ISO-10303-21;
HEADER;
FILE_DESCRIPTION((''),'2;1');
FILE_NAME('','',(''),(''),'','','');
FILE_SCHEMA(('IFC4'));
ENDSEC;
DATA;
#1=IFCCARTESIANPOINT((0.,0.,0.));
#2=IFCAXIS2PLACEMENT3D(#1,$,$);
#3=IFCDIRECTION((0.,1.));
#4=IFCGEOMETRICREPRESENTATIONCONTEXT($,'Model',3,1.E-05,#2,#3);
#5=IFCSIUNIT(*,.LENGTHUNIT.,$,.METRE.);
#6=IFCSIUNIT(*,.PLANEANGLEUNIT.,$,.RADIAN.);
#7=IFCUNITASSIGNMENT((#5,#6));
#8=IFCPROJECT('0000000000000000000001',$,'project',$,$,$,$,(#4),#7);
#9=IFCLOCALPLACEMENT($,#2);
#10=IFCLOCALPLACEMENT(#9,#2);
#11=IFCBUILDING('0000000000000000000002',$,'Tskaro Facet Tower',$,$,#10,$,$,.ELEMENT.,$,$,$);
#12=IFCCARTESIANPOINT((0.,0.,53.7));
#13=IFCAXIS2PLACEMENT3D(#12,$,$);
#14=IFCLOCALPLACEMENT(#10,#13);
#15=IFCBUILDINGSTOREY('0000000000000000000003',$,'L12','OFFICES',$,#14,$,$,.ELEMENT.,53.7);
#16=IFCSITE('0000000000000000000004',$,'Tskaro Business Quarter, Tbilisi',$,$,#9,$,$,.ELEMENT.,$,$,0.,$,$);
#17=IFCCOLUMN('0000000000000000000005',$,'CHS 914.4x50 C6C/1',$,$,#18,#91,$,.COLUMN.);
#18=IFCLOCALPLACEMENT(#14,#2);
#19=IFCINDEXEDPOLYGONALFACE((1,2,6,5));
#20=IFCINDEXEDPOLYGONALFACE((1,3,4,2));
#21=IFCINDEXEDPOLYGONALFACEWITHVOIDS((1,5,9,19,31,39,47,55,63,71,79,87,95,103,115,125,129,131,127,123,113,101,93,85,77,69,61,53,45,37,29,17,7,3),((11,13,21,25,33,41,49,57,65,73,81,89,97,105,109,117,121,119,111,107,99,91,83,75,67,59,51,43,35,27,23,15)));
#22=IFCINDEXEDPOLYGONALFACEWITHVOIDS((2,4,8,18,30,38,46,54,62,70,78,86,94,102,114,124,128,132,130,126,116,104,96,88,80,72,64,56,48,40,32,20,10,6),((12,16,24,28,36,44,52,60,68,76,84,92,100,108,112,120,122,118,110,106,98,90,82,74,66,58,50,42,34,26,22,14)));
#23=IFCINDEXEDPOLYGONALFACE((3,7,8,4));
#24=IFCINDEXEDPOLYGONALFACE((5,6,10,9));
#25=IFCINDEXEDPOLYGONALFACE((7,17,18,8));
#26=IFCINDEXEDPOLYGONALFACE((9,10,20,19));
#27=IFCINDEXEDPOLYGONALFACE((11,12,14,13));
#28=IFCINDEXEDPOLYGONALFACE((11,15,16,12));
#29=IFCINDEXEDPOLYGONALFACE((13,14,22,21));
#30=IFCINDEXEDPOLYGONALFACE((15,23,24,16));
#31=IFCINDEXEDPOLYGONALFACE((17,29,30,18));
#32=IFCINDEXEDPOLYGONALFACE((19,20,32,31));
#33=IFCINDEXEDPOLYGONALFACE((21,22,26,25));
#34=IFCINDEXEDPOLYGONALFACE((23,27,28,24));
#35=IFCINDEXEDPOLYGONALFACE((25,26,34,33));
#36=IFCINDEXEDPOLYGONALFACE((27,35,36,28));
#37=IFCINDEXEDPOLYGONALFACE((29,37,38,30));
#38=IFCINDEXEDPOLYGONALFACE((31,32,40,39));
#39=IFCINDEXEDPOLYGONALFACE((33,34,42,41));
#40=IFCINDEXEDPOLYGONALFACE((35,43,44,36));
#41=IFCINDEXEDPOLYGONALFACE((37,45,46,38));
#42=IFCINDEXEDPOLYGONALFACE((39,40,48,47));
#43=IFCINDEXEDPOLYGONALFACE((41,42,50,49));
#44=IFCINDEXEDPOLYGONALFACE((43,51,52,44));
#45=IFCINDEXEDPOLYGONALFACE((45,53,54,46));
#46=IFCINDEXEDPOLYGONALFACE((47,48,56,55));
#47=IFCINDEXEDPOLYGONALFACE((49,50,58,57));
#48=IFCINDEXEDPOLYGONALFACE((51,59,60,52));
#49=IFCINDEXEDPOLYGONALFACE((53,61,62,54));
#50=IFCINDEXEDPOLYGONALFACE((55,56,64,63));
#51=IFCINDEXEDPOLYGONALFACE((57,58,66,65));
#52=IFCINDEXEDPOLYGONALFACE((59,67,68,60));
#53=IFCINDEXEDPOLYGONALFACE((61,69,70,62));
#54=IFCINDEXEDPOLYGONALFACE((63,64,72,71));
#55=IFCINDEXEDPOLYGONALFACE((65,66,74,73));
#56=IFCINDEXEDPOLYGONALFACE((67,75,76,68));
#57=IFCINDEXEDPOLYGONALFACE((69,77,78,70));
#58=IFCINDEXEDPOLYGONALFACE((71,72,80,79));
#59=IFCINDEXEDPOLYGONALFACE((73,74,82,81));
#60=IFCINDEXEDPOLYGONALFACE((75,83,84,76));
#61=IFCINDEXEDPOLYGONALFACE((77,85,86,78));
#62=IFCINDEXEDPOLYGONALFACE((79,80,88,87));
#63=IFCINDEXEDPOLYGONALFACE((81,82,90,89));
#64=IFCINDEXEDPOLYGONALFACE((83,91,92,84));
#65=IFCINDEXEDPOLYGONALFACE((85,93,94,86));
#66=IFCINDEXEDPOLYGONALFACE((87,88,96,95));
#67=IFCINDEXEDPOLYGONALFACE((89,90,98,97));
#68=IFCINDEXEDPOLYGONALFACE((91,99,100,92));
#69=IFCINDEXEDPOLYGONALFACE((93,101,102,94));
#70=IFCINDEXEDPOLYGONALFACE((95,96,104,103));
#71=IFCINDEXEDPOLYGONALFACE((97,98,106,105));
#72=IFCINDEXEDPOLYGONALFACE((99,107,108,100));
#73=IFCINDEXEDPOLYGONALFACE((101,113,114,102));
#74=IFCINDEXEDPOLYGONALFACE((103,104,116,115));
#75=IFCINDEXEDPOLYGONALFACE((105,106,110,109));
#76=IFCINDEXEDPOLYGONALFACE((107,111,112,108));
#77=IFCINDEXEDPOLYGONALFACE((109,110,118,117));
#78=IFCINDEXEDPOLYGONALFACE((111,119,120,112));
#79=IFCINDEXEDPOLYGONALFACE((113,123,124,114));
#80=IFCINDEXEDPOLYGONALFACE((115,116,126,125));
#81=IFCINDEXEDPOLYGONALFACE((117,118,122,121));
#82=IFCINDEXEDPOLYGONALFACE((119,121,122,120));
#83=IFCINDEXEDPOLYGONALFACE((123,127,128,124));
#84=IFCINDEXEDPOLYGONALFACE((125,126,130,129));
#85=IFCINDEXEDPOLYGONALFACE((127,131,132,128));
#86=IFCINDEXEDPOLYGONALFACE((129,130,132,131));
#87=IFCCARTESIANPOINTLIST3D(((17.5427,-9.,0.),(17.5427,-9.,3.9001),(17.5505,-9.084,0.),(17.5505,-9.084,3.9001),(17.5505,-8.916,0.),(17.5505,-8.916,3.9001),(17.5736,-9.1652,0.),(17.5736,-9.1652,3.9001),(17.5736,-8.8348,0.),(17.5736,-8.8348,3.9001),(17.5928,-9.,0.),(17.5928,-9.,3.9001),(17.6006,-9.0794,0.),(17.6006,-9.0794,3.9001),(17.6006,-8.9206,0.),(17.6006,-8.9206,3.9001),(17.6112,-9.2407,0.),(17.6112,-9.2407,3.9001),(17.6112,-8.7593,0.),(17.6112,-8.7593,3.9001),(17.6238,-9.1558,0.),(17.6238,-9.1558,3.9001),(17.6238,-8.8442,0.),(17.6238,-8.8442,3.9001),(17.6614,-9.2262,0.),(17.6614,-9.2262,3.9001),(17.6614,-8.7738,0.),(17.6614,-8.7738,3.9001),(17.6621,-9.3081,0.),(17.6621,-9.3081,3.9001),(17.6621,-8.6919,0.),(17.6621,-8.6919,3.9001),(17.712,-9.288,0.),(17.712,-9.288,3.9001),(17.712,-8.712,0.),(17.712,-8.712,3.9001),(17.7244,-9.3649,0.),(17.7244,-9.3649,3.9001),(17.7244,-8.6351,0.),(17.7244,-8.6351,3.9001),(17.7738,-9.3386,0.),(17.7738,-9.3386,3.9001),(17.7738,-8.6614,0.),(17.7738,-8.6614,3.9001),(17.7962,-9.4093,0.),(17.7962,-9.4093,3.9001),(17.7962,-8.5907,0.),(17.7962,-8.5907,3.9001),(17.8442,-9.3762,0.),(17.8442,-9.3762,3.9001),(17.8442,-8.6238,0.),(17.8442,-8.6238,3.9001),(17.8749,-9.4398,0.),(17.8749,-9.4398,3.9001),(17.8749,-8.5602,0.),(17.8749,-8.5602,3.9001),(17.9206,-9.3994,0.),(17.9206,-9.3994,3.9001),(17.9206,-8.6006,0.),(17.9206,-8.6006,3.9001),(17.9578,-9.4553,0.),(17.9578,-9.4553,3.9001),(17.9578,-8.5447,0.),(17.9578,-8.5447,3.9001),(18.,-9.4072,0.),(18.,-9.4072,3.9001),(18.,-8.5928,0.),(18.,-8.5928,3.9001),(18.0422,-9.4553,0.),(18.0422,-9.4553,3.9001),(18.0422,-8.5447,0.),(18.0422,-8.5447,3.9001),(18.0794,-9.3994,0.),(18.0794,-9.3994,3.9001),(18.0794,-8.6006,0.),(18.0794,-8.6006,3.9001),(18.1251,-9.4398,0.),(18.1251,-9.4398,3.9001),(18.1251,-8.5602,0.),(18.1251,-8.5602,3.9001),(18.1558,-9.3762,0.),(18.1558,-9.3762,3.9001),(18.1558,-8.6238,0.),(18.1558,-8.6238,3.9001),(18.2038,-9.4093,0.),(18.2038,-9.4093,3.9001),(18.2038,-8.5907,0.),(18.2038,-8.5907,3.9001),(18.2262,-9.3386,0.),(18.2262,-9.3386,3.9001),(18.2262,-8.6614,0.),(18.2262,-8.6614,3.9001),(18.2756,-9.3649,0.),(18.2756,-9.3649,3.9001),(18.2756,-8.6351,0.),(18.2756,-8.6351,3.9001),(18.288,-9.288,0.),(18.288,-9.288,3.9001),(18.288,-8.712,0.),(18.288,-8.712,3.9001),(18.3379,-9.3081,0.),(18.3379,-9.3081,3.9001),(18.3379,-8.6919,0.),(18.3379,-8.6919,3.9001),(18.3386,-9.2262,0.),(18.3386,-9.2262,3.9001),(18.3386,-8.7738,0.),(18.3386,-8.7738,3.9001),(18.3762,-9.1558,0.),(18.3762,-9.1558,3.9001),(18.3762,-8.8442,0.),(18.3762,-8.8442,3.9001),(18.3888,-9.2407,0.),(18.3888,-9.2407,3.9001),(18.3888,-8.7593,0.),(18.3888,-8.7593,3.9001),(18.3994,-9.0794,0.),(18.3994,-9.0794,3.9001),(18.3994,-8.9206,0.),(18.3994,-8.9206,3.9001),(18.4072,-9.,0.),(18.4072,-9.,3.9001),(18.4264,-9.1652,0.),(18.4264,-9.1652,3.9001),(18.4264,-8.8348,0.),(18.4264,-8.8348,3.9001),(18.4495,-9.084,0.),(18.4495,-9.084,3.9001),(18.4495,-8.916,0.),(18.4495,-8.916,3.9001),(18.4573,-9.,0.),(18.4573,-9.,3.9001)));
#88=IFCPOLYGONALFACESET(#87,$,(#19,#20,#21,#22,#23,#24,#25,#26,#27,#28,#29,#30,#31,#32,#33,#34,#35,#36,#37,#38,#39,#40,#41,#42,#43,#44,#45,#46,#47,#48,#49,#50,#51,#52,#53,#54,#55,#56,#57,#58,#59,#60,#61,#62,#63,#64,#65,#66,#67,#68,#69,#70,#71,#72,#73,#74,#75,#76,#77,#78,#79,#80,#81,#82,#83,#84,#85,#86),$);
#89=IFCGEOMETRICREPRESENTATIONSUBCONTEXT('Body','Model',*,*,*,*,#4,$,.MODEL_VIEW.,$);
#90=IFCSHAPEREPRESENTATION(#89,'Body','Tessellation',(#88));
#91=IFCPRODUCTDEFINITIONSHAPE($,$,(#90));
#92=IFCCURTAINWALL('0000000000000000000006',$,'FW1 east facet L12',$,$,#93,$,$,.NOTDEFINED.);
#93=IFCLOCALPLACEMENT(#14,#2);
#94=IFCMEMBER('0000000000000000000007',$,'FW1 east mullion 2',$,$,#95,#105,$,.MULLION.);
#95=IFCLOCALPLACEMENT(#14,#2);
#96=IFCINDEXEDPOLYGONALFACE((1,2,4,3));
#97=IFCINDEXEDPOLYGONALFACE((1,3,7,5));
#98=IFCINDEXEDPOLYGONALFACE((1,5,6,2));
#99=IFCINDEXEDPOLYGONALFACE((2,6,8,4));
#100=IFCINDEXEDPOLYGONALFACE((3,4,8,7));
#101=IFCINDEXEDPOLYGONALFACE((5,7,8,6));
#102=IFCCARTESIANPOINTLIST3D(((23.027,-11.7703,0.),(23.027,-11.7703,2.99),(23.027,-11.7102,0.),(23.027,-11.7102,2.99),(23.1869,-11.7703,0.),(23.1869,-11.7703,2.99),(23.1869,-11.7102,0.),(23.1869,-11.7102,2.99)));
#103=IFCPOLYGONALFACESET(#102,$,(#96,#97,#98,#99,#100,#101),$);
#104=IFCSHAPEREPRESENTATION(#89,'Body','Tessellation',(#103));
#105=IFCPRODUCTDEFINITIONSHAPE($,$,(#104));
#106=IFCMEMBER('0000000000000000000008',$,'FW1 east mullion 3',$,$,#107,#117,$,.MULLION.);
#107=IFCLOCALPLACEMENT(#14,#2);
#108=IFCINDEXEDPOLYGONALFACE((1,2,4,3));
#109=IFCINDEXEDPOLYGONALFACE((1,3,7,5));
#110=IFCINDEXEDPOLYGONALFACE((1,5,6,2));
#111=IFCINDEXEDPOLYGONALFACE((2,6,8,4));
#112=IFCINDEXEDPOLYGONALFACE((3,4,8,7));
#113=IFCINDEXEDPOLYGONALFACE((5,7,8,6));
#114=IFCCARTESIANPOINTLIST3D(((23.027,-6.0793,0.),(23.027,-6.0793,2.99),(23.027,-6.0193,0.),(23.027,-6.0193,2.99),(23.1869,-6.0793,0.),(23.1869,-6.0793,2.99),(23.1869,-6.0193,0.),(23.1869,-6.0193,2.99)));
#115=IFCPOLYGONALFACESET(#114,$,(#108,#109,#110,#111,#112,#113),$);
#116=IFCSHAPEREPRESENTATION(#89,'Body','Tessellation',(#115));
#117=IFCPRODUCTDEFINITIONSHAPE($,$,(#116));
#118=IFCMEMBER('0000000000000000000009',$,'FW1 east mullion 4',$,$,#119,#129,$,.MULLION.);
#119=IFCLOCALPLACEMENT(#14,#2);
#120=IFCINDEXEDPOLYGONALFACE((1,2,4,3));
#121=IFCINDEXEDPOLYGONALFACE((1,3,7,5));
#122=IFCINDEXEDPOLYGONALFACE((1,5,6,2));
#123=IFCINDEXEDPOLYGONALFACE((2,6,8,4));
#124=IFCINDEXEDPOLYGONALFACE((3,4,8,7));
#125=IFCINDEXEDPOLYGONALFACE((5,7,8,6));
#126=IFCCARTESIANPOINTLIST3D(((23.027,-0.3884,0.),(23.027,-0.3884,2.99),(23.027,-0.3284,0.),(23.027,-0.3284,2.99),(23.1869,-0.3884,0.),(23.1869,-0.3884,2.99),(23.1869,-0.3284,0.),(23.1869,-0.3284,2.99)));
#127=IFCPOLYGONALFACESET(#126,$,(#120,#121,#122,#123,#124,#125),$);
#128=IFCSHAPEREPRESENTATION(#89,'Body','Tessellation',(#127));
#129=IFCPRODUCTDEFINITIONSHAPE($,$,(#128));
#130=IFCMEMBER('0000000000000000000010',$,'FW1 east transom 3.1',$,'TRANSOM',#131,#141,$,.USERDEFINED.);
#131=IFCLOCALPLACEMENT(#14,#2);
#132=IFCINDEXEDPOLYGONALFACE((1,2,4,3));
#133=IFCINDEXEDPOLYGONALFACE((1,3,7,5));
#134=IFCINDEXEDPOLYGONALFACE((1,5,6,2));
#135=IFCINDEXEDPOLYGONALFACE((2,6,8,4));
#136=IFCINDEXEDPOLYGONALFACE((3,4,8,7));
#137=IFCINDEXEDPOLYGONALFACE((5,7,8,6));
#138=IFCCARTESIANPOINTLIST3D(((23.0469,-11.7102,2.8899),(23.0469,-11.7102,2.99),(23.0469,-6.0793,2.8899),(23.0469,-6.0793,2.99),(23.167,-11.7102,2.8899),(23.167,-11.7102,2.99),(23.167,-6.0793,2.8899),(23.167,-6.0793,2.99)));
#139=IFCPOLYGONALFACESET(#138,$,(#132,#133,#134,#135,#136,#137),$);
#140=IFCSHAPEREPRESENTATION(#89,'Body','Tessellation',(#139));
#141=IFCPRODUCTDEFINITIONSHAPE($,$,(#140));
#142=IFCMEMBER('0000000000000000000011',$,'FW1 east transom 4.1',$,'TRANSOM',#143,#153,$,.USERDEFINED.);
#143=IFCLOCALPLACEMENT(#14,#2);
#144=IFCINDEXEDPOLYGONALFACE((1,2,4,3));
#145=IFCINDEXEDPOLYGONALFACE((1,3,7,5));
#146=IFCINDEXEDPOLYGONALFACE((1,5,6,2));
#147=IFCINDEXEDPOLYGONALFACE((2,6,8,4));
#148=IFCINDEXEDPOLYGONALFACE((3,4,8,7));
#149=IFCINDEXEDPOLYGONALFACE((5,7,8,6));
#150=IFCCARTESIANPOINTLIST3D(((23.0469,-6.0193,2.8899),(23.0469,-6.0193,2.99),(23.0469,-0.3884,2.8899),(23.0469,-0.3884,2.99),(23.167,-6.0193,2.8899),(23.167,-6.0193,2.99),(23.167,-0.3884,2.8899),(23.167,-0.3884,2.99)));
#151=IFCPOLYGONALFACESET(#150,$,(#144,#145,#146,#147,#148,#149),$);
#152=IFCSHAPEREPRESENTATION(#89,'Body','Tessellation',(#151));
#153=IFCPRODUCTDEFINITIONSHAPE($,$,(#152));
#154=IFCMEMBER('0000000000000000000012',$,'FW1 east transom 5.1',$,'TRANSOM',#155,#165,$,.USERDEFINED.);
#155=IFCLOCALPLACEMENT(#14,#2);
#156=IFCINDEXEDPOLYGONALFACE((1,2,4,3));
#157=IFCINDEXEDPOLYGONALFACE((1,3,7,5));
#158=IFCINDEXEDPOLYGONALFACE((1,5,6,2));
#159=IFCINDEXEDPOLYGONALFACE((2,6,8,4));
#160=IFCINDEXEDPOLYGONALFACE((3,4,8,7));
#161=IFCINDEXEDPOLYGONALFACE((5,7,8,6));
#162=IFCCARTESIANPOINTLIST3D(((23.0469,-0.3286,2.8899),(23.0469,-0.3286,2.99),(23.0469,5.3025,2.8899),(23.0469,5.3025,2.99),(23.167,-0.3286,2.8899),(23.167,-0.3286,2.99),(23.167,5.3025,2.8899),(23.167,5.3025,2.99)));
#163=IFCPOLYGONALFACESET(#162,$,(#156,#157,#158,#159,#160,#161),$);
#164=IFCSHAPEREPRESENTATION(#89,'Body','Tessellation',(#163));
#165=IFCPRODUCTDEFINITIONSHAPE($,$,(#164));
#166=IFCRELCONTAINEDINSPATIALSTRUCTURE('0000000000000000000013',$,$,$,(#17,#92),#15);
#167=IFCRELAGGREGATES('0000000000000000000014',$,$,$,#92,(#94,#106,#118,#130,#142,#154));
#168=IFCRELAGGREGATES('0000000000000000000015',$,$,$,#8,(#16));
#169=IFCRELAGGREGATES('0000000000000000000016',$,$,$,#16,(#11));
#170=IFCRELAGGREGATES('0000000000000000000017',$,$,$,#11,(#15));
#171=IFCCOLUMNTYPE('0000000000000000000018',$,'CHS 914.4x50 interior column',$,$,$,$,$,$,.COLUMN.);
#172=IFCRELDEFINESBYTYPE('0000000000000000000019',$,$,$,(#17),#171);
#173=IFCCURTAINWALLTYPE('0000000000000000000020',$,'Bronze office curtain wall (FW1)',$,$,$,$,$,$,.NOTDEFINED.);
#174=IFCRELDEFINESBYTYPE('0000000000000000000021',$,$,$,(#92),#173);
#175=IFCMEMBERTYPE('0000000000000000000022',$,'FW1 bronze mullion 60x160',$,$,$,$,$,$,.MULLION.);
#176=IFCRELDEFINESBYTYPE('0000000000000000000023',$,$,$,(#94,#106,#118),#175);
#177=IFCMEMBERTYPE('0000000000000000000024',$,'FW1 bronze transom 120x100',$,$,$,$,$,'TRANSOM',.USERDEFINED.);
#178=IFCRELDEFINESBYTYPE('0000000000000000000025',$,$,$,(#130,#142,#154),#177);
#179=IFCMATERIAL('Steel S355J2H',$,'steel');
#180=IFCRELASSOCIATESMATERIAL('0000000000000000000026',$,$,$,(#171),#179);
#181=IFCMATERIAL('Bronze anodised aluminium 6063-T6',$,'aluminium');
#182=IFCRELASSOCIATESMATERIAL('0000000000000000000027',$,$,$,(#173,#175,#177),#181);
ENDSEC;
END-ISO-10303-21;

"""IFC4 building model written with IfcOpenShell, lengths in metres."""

from ifc_helpers import new_model, si_unit, direction, frame, origin, origin_2d, place, context, subcontext, project, spatial, rectangle, hollow_circle, extrude, material, material_profile, profile_set, type_object, element, aggregate, save


model = new_model("IFC4")

# Units and contexts
model_context = context("Model", 3, precision=1e-05, world=origin(), true_north=direction((0.0, 1.0)))
body_context = subcontext(model_context, "Body", "Model", "MODEL_VIEW")
ifc_project = project(units=[si_unit("LENGTHUNIT", "METRE"), si_unit("PLANEANGLEUNIT", "RADIAN")], contexts=[model_context])

# Site, building, storey
site_placement = place(None, origin())
site = spatial("IfcSite", under=ifc_project, at=site_placement, Name="Tskaro Business Quarter, Tbilisi", CompositionType="ELEMENT", RefElevation=0.0)
building_placement = place(site_placement, origin())
building = spatial("IfcBuilding", under=site, at=building_placement, Name="Tskaro Facet Tower", CompositionType="ELEMENT")
storey_placement = place(building_placement, frame((0.0, 0.0, 53.7)))
storey = spatial("IfcBuildingStorey", under=building, at=storey_placement, Name="L12", Description="OFFICES", CompositionType="ELEMENT", Elevation=53.7)

# Column
ifc_material_1 = material(Name="Steel S355J2H", Category="steel")
ifc_material_profile_1 = material_profile(ifc_material_1, hollow_circle(Radius=0.4573, WallThickness=0.05, at=origin_2d()), Name="CHS 914.4x50")
ifc_profile_set_1 = profile_set([ifc_material_profile_1], Name="Steel S355J2H")
column_type_1 = type_object("IfcColumnType", Name="CHS 914.4x50 interior column", PredefinedType="COLUMN", material=ifc_profile_set_1)
column_1_placement = place(storey_placement, frame((18.0, -9.0, 0.0), z_axis=(0.0, 0.0, 1.0), x_axis=(1.0, 0.0, 0.0)))
element("IfcColumn", 1, at=column_1_placement, inside=storey, type_object=column_type_1, Name="CHS 914.4x50 C6C/1", PredefinedType="COLUMN", context=body_context, shape_type="SweptSolid", body=[
    extrude(hollow_circle(Radius=0.4573, WallThickness=0.05, at=origin_2d()), origin(), (0.0, 0.0, 1.0), 3.9001),
])

# Curtain wall, members
ifc_material_2 = material(Name="Bronze anodised aluminium 6063-T6", Category="aluminium")
curtain_wall_type = type_object("IfcCurtainWallType", Name="Bronze office curtain wall (FW1)", PredefinedType="NOTDEFINED", material=ifc_material_2)
curtain_wall_placement = place(storey_placement, origin())
curtain_wall = element("IfcCurtainWall", 2, at=curtain_wall_placement, inside=storey, type_object=curtain_wall_type, Name="FW1 east facet L12", PredefinedType="NOTDEFINED")
ifc_material_profile_2 = material_profile(ifc_material_2, rectangle(XDim=0.0601, YDim=0.1599, at=origin_2d()), Name="Mullion 60x160")
ifc_profile_set_2 = profile_set([ifc_material_profile_2], Name="Bronze anodised aluminium 6063-T6")
member_type_1 = type_object("IfcMemberType", Name="FW1 bronze mullion 60x160", PredefinedType="MULLION", material=ifc_profile_set_2)
member_1_placement = place(storey_placement, frame((23.1069, -11.7402, 0.0), z_axis=(0.0, 0.0, 1.0), x_axis=(0.0, 1.0, 0.0)))
member_1 = element("IfcMember", 3, at=member_1_placement, type_object=member_type_1, Name="FW1 east mullion 2", PredefinedType="MULLION", context=body_context, shape_type="SweptSolid", body=[
    extrude(rectangle(XDim=0.0601, YDim=0.1599, at=origin_2d()), origin(), (0.0, 0.0, 1.0), 2.99),
])
member_2_placement = place(storey_placement, frame((23.1069, -6.0493, 0.0), z_axis=(0.0, 0.0, 1.0), x_axis=(0.0, 1.0, 0.0)))
member_2 = element("IfcMember", 4, at=member_2_placement, type_object=member_type_1, Name="FW1 east mullion 3", PredefinedType="MULLION", context=body_context, shape_type="SweptSolid", body=[
    extrude(rectangle(XDim=0.0601, YDim=0.1599, at=origin_2d()), origin(), (0.0, 0.0, 1.0), 2.99),
])
member_3_placement = place(storey_placement, frame((23.1069, -0.3584, 0.0), z_axis=(0.0, 0.0, 1.0), x_axis=(0.0, 1.0, 0.0)))
member_3 = element("IfcMember", 5, at=member_3_placement, type_object=member_type_1, Name="FW1 east mullion 4", PredefinedType="MULLION", context=body_context, shape_type="SweptSolid", body=[
    extrude(rectangle(XDim=0.0601, YDim=0.1599, at=origin_2d()), origin(), (0.0, 0.0, 1.0), 2.99),
])
ifc_material_profile_3 = material_profile(ifc_material_2, rectangle(XDim=0.1201, YDim=0.1001, at=origin_2d()), Name="Transom 120x100")
ifc_profile_set_3 = profile_set([ifc_material_profile_3], Name="Bronze anodised aluminium 6063-T6")
member_type_2 = type_object("IfcMemberType", Name="FW1 bronze transom 120x100", ElementType="TRANSOM", PredefinedType="USERDEFINED", material=ifc_profile_set_3)
member_4_placement = place(storey_placement, frame((23.1069, -11.7102, 2.9399), z_axis=(0.0, 1.0, 0.0), x_axis=(-1.0, 0.0, 0.0)))
member_4 = element("IfcMember", 6, at=member_4_placement, type_object=member_type_2, Name="FW1 east transom 3.1", ObjectType="TRANSOM", PredefinedType="USERDEFINED", context=body_context, shape_type="SweptSolid", body=[
    extrude(rectangle(XDim=0.1201, YDim=0.1001, at=origin_2d()), origin(), (0.0, 0.0, 1.0), 5.6309),
])
member_5_placement = place(storey_placement, frame((23.1069, -6.0193, 2.9399), z_axis=(0.0, 1.0, 0.0), x_axis=(-1.0, 0.0, 0.0)))
member_5 = element("IfcMember", 7, at=member_5_placement, type_object=member_type_2, Name="FW1 east transom 4.1", ObjectType="TRANSOM", PredefinedType="USERDEFINED", context=body_context, shape_type="SweptSolid", body=[
    extrude(rectangle(XDim=0.1201, YDim=0.1001, at=origin_2d()), origin(), (0.0, 0.0, 1.0), 5.6309),
])
member_6_placement = place(storey_placement, frame((23.1069, -0.3286, 2.9399), z_axis=(0.0, 1.0, 0.0), x_axis=(-1.0, 0.0, 0.0)))
member_6 = element("IfcMember", 8, at=member_6_placement, type_object=member_type_2, Name="FW1 east transom 5.1", ObjectType="TRANSOM", PredefinedType="USERDEFINED", context=body_context, shape_type="SweptSolid", body=[
    extrude(rectangle(XDim=0.1201, YDim=0.1001, at=origin_2d()), origin(), (0.0, 0.0, 1.0), 5.6311),
])

aggregate(curtain_wall, [member_1, member_2, member_3, member_4, member_5, member_6])

save(model, "model.ifc")
